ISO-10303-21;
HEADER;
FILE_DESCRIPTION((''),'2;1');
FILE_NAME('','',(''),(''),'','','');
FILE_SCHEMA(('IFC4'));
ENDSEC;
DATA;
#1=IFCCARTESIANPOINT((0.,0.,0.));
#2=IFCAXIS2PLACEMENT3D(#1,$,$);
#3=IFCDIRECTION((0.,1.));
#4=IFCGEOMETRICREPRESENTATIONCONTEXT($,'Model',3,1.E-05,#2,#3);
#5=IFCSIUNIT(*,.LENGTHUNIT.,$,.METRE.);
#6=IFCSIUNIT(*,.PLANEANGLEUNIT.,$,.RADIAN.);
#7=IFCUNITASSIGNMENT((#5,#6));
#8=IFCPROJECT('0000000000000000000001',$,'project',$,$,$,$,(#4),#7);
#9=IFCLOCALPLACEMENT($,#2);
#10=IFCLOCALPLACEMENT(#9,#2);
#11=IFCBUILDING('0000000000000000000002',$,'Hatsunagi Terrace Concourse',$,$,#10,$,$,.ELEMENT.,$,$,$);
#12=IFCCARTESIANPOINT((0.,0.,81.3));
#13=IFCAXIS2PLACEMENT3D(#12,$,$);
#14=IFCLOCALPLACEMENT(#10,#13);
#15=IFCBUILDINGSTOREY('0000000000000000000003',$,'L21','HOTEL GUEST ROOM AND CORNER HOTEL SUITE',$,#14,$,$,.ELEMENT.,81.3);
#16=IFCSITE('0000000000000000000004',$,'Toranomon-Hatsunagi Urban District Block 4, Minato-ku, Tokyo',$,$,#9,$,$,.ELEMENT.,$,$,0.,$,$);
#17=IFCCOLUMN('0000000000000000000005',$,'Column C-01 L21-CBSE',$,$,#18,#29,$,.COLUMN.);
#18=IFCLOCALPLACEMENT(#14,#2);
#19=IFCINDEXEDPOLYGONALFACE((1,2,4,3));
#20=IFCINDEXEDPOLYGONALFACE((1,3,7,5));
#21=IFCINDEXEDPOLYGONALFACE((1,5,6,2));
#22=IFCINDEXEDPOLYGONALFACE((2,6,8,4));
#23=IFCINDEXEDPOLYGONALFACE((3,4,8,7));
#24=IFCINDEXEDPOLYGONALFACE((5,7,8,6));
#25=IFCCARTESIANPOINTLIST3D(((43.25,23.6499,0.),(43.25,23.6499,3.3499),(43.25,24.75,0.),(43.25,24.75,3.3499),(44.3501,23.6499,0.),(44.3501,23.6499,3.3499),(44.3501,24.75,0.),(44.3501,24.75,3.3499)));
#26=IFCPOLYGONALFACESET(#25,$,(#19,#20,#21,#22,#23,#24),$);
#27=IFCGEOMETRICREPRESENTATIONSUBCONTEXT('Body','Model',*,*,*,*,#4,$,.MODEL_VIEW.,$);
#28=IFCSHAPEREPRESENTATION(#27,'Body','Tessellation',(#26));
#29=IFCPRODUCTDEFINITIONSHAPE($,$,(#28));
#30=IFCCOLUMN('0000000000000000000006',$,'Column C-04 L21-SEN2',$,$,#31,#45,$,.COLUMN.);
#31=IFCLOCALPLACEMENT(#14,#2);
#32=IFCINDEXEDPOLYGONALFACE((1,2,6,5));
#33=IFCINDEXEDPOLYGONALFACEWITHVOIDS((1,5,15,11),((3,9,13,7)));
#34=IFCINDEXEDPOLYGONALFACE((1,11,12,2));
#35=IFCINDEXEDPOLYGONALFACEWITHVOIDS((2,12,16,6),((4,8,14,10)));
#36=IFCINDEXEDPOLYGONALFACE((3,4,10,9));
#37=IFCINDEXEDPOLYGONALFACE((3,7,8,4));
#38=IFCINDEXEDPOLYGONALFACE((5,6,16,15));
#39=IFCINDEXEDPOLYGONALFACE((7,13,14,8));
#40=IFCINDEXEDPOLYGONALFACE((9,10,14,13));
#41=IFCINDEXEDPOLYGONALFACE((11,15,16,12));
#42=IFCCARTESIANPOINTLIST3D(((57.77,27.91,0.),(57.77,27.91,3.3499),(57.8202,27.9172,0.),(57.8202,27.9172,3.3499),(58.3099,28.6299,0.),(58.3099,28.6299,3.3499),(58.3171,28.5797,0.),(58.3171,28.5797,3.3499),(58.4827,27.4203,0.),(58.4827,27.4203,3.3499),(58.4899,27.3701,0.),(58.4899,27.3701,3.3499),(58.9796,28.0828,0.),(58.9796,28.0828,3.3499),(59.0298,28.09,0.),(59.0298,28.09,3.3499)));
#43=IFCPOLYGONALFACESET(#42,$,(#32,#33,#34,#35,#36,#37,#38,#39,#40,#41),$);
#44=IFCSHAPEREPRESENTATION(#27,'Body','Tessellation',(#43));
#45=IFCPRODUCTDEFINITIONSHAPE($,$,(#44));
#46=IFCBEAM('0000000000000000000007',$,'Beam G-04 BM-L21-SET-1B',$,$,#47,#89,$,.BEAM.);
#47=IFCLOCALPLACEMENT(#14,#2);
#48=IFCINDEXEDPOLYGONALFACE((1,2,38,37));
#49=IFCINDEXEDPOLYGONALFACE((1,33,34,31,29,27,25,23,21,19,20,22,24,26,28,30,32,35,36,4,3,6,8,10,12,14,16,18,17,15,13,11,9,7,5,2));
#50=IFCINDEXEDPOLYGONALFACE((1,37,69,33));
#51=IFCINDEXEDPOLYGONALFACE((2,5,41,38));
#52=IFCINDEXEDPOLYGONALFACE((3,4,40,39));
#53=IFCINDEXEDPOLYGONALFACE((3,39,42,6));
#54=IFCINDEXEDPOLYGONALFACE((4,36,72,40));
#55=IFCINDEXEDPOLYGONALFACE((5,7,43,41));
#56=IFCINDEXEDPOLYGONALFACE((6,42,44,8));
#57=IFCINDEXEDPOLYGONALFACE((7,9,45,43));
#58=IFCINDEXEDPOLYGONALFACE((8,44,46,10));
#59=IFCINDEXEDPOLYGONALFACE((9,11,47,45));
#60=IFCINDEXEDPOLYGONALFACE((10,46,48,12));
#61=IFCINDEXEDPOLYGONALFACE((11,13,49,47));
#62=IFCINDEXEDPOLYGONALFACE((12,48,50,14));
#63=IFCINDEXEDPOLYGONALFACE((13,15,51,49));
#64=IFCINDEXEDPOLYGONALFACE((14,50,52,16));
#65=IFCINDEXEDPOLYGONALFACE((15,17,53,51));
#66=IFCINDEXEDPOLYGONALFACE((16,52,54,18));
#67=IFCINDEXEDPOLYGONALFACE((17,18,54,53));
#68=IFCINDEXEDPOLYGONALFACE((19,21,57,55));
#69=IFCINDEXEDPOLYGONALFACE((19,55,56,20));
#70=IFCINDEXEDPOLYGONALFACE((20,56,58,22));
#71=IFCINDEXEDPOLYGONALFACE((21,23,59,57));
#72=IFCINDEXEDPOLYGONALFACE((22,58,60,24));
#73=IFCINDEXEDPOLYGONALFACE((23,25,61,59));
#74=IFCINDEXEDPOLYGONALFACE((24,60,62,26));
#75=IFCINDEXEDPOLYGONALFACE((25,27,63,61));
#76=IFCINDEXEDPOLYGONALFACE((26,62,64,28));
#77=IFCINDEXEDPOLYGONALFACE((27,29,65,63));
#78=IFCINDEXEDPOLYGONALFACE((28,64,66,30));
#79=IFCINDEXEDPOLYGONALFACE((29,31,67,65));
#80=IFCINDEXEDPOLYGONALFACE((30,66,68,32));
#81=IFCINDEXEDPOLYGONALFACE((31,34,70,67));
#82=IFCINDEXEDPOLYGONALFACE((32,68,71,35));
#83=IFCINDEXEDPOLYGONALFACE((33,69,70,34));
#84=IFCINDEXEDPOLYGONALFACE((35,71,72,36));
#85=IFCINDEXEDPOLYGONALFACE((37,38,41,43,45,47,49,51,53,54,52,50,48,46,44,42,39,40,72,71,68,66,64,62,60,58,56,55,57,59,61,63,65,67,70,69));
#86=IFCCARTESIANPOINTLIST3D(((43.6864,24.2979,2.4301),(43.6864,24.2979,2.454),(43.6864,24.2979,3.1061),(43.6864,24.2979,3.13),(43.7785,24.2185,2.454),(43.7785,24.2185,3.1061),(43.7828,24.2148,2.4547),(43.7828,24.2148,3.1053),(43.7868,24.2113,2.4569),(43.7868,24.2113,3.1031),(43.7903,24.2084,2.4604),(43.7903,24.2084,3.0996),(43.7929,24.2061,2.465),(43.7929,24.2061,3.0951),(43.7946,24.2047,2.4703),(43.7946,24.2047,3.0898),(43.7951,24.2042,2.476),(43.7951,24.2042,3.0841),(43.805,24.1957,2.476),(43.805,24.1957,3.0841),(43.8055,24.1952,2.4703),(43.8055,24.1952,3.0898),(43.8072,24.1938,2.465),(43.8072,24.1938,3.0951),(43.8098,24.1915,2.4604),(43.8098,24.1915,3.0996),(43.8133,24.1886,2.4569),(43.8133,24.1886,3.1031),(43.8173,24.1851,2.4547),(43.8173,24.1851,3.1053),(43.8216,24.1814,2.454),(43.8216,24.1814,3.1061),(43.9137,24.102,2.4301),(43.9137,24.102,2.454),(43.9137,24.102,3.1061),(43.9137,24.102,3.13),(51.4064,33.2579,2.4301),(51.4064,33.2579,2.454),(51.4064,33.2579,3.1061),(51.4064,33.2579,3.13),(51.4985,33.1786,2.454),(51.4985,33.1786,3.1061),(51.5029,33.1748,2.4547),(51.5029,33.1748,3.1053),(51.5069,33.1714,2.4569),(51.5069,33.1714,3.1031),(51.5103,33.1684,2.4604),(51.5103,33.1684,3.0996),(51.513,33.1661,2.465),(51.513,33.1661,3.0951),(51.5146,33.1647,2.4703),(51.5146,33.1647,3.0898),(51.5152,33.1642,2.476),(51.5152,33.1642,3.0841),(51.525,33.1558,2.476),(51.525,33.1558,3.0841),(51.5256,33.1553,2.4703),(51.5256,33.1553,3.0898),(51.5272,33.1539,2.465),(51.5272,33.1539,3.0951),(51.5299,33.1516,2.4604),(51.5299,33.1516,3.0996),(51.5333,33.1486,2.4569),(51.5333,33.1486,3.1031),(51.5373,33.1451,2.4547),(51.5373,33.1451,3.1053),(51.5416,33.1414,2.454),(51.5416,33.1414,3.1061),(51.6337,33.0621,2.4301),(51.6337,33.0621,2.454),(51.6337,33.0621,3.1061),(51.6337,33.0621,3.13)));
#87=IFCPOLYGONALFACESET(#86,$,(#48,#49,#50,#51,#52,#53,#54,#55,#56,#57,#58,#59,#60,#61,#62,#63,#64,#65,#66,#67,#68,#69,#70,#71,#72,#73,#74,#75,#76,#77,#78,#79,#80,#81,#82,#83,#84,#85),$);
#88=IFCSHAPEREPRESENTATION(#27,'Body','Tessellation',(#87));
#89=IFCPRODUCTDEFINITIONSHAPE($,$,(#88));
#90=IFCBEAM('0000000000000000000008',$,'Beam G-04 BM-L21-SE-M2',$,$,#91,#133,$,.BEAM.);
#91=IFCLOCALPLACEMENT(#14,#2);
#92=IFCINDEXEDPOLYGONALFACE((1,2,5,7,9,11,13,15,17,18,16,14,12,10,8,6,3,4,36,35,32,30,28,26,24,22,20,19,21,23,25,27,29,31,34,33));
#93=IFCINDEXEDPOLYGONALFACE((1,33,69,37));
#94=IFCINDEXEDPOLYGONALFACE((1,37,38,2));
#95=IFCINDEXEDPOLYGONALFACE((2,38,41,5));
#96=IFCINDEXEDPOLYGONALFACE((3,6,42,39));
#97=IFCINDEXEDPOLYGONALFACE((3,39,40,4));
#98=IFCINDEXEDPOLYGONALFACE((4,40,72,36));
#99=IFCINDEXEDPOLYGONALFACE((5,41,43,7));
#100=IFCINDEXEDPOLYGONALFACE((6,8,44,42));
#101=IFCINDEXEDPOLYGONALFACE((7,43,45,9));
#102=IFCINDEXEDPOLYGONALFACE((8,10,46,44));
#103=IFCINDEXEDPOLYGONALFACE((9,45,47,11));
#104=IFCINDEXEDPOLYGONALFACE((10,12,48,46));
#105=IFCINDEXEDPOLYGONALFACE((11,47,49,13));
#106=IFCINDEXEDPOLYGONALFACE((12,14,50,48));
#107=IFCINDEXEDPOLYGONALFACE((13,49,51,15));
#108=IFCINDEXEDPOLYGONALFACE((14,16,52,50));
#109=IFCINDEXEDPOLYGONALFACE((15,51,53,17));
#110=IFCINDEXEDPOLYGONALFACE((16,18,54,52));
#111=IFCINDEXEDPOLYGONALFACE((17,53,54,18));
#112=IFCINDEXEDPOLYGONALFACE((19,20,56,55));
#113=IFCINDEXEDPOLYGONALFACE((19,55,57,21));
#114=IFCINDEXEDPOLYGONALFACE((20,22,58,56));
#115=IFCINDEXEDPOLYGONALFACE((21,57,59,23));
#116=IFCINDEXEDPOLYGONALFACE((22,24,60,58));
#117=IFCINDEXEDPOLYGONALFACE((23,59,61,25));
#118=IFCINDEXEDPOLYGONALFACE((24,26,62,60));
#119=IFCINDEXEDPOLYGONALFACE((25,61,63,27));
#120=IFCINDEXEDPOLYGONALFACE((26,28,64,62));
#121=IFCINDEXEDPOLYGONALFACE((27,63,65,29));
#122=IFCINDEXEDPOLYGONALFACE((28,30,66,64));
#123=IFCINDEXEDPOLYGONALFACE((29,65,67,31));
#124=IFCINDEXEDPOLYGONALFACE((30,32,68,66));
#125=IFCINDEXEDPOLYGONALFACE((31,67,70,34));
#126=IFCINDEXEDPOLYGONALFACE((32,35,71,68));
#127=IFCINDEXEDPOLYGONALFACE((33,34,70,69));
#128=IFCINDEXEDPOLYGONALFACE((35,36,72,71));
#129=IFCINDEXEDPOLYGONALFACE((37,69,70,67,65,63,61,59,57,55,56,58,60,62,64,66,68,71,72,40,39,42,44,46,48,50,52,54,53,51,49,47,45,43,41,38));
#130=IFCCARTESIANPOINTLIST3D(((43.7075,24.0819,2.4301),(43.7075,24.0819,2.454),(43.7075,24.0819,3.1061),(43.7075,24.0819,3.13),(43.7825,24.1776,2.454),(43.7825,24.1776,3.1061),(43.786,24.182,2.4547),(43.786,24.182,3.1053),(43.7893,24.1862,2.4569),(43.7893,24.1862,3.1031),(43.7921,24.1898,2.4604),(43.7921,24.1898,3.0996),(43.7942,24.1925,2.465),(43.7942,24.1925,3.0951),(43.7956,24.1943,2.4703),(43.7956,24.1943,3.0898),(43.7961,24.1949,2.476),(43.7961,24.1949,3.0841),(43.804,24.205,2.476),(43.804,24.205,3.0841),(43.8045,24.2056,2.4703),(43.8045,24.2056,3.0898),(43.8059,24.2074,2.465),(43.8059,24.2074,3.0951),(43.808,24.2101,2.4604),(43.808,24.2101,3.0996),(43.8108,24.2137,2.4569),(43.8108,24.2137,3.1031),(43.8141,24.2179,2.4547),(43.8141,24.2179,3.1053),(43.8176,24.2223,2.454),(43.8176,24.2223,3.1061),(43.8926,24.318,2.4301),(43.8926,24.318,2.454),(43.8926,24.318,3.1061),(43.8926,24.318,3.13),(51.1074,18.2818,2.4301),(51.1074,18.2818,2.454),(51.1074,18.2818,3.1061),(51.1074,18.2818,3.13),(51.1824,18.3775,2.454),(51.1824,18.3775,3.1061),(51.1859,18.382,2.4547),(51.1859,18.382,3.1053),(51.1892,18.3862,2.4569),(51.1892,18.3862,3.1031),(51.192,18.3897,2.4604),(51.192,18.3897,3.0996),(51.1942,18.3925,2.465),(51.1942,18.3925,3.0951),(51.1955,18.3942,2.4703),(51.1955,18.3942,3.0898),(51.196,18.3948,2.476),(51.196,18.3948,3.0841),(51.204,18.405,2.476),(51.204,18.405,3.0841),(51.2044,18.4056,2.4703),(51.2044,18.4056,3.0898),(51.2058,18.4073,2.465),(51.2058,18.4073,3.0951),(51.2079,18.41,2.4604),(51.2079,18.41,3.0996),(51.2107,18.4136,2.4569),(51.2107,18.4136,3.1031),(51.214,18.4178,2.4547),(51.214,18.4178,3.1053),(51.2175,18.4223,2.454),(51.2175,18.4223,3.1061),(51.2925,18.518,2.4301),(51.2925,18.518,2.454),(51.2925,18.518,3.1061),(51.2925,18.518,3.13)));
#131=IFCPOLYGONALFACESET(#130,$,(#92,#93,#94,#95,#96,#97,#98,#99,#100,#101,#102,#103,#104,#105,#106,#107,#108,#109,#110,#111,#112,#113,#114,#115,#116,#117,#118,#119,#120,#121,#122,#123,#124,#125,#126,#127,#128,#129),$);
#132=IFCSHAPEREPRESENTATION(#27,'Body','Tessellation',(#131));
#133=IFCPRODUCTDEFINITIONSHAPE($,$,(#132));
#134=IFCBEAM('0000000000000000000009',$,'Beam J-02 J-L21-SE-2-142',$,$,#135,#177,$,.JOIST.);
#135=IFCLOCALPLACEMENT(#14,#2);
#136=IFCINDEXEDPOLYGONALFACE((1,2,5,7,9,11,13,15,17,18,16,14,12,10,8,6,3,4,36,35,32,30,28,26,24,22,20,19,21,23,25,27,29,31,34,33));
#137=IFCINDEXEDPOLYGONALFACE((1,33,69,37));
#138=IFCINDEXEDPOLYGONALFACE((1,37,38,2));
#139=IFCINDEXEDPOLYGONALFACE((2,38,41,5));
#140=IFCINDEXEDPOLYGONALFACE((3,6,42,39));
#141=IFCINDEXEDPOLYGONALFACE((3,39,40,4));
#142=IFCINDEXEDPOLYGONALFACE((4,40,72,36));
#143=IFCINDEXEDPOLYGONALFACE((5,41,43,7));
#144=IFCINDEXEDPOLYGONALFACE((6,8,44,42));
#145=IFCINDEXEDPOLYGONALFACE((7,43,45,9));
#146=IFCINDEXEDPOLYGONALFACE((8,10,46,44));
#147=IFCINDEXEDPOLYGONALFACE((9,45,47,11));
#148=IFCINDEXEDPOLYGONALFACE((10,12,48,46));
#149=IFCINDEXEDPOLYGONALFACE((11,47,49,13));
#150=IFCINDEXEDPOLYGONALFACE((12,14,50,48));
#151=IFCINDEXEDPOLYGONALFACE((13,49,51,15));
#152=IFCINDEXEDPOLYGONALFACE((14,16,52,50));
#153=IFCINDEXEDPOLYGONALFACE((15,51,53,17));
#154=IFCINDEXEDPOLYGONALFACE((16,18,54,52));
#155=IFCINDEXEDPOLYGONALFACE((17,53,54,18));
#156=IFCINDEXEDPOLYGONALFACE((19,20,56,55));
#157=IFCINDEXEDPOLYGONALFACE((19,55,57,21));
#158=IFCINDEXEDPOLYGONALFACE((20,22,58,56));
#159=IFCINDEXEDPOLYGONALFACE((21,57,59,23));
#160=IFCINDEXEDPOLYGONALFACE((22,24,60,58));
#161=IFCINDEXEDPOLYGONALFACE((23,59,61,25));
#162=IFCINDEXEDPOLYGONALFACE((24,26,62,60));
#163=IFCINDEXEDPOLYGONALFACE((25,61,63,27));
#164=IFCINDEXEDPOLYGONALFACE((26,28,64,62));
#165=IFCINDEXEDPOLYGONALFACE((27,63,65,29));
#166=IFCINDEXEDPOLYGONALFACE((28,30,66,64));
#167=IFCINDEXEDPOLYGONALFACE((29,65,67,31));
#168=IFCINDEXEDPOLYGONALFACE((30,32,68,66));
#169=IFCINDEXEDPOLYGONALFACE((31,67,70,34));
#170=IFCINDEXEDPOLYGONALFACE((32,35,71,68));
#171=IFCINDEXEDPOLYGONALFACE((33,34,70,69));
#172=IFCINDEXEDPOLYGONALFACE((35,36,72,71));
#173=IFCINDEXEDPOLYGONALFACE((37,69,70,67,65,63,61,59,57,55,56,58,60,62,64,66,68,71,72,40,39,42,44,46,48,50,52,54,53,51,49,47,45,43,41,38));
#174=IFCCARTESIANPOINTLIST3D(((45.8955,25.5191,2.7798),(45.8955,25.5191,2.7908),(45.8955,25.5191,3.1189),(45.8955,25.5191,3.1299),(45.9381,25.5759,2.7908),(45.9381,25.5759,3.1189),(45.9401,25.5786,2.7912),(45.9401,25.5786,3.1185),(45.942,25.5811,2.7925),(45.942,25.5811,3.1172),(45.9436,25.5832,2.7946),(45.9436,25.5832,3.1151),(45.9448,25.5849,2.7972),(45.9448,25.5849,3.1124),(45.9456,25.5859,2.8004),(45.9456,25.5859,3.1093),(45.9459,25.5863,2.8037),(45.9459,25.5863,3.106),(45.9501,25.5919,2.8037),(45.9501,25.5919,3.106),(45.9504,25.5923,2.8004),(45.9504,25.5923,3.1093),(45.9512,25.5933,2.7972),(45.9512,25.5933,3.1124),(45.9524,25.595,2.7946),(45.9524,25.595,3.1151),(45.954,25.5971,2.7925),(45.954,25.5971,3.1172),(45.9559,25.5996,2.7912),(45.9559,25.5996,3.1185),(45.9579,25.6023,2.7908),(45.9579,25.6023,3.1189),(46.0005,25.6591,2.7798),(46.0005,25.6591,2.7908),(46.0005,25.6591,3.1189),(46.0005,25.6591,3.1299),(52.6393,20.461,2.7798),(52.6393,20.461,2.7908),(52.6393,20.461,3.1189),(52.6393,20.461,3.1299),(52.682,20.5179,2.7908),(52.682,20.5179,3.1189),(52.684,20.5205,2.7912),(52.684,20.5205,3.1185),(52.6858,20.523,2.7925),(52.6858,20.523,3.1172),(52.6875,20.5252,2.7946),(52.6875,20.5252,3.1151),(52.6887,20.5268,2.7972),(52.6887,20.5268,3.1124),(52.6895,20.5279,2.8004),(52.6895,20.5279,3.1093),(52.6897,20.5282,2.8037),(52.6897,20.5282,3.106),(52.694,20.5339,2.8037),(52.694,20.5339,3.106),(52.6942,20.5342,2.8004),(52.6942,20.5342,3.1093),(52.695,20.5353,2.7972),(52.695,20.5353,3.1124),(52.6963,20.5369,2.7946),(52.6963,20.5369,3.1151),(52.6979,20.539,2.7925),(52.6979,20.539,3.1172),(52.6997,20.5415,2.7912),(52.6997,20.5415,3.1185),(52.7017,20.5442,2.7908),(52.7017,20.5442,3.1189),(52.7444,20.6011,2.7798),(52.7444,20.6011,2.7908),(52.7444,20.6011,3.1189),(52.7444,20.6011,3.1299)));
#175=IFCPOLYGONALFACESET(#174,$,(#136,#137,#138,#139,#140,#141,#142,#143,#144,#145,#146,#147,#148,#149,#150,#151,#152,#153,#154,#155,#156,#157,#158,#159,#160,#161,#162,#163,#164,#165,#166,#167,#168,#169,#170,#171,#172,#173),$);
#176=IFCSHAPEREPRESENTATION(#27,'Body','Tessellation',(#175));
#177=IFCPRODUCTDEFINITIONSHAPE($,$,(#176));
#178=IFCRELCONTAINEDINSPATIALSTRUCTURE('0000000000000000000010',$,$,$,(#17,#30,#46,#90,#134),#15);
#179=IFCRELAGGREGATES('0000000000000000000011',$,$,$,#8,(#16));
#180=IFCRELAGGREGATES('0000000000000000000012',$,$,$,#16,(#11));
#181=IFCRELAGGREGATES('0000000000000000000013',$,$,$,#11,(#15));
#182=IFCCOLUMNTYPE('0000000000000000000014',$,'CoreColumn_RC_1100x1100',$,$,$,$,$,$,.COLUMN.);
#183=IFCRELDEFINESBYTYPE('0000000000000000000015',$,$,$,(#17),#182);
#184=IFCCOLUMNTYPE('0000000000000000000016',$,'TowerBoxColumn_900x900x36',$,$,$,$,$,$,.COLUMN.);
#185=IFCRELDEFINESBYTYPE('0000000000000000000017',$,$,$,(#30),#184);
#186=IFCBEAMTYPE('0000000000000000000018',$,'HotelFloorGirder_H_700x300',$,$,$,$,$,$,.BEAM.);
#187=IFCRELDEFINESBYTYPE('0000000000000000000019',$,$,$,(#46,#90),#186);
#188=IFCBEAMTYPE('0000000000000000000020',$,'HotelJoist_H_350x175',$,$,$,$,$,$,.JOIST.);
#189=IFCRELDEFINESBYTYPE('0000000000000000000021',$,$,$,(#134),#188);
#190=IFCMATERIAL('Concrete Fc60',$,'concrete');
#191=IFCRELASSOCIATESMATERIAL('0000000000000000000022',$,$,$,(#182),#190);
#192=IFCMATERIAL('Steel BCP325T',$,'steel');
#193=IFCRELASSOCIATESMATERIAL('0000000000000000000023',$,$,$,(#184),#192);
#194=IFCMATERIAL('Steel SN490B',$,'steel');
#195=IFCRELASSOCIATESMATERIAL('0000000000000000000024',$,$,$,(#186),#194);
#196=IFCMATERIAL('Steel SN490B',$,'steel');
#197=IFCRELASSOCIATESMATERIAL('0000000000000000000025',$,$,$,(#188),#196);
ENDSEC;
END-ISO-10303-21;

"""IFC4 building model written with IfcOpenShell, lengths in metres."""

from ifc_helpers import new_model, si_unit, direction, frame, origin, origin_2d, place, context, subcontext, project, spatial, rectangle, hollow_rectangle, i_section, extrude, material, material_profile, profile_set, type_object, element, save


model = new_model("IFC4")

# Units and contexts
model_context = context("Model", 3, precision=1e-05, world=origin(), true_north=direction((0.0, 1.0)))
body_context = subcontext(model_context, "Body", "Model", "MODEL_VIEW")
ifc_project = project(units=[si_unit("LENGTHUNIT", "METRE"), si_unit("PLANEANGLEUNIT", "RADIAN")], contexts=[model_context])

# Site, building, storey
site_placement = place(None, origin())
site = spatial("IfcSite", under=ifc_project, at=site_placement, Name="Toranomon-Hatsunagi Urban District Block 4, Minato-ku, Tokyo", CompositionType="ELEMENT", RefElevation=0.0)
building_placement = place(site_placement, origin())
building = spatial("IfcBuilding", under=site, at=building_placement, Name="Hatsunagi Terrace Concourse", CompositionType="ELEMENT")
storey_placement = place(building_placement, frame((0.0, 0.0, 81.3)))
storey = spatial("IfcBuildingStorey", under=building, at=storey_placement, Name="L21", Description="HOTEL GUEST ROOM AND CORNER HOTEL SUITE", CompositionType="ELEMENT", Elevation=81.3)

# Columns
ifc_material_1 = material(Name="Concrete Fc60", Category="concrete")
ifc_material_profile_1 = material_profile(ifc_material_1, rectangle(XDim=1.1001, YDim=1.1001, at=origin_2d()), Name="RC-1100x1100")
ifc_profile_set_1 = profile_set([ifc_material_profile_1], Name="Concrete Fc60")
column_type_1 = type_object("IfcColumnType", Name="CoreColumn_RC_1100x1100", PredefinedType="COLUMN", material=ifc_profile_set_1)
column_1_placement = place(storey_placement, frame((43.8, 24.2, 0.0), z_axis=(0.0, 0.0, 1.0), x_axis=(1.0, 0.0, 0.0)))
element("IfcColumn", 1, at=column_1_placement, inside=storey, type_object=column_type_1, Name="Column C-01 L21-CBSE", PredefinedType="COLUMN", context=body_context, shape_type="SweptSolid", body=[
    extrude(rectangle(XDim=1.1001, YDim=1.1001, at=origin_2d()), origin(), (0.0, 0.0, 1.0), 3.3499),
])
ifc_material_2 = material(Name="Steel BCP325T", Category="steel")
ifc_material_profile_2 = material_profile(ifc_material_2, hollow_rectangle(XDim=0.8999, YDim=0.8999, WallThickness=0.0359, at=origin_2d()), Name="BCP-900x900x36")
ifc_profile_set_2 = profile_set([ifc_material_profile_2], Name="Steel BCP325T")
column_type_2 = type_object("IfcColumnType", Name="TowerBoxColumn_900x900x36", PredefinedType="COLUMN", material=ifc_profile_set_2)
column_2_placement = place(storey_placement, frame((58.3999, 28.0, 0.0), z_axis=(0.0, 0.0, 1.0), x_axis=(0.8, -0.6, 0.0)))
element("IfcColumn", 2, at=column_2_placement, inside=storey, type_object=column_type_2, Name="Column C-04 L21-SEN2", PredefinedType="COLUMN", context=body_context, shape_type="SweptSolid", body=[
    extrude(hollow_rectangle(XDim=0.8999, YDim=0.8999, WallThickness=0.0359, at=origin_2d()), origin(), (0.0, 0.0, 1.0), 3.3499),
])

# Beams
ifc_material_3 = material(Name="Steel SN490B", Category="steel")
ifc_material_profile_3 = material_profile(ifc_material_3, i_section(OverallWidth=0.3, OverallDepth=0.7, WebThickness=0.0129, FlangeThickness=0.0239, FilletRadius=0.022, at=origin_2d()), Name="H-700x300x13x24")
ifc_profile_set_3 = profile_set([ifc_material_profile_3], Name="Steel SN490B")
beam_type_1 = type_object("IfcBeamType", Name="HotelFloorGirder_H_700x300", PredefinedType="BEAM", material=ifc_profile_set_3)
beam_1_placement = place(storey_placement, frame((43.8, 24.2, 2.78), z_axis=(0.652739, 0.757583, 0.0), x_axis=(-0.757583, 0.652739, 0.0)))
element("IfcBeam", 3, at=beam_1_placement, inside=storey, type_object=beam_type_1, Name="Beam G-04 BM-L21-SET-1B", PredefinedType="BEAM", context=body_context, shape_type="SweptSolid", body=[
    extrude(i_section(OverallWidth=0.3, OverallDepth=0.7, WebThickness=0.0129, FlangeThickness=0.0239, FilletRadius=0.022, at=origin_2d()), origin(), (0.0, 0.0, 1.0), 11.8271),
])
beam_2_placement = place(storey_placement, frame((43.8, 24.2, 2.78), z_axis=(0.787049, -0.61689, 0.0), x_axis=(0.61689, 0.787049, 0.0)))
element("IfcBeam", 4, at=beam_2_placement, inside=storey, type_object=beam_type_1, Name="Beam G-04 BM-L21-SE-M2", PredefinedType="BEAM", context=body_context, shape_type="SweptSolid", body=[
    extrude(i_section(OverallWidth=0.3, OverallDepth=0.7, WebThickness=0.0129, FlangeThickness=0.0239, FilletRadius=0.022, at=origin_2d()), origin(), (0.0, 0.0, 1.0), 9.4021),
])
ifc_material_4 = material(Name="Steel SN490B", Category="steel")
ifc_material_profile_4 = material_profile(ifc_material_4, i_section(OverallWidth=0.175, OverallDepth=0.3501, WebThickness=0.0071, FlangeThickness=0.011, FilletRadius=0.0129, at=origin_2d()), Name="H-350x175x7x11")
ifc_profile_set_4 = profile_set([ifc_material_profile_4], Name="Steel SN490B")
beam_type_2 = type_object("IfcBeamType", Name="HotelJoist_H_350x175", PredefinedType="JOIST", material=ifc_profile_set_4)
for number, where, z_axis, x_axis, name in (
    (5, (45.948, 25.5891, 2.9548), (0.79999, -0.600014, 0.0), (0.600014, 0.79999, 0.0), "Beam J-02 J-L21-SE-2-142"),
):
    element("IfcBeam", number, at=place(storey_placement, frame(where, z_axis=z_axis, x_axis=x_axis)), inside=storey, type_object=beam_type_2, Name=name, PredefinedType="JOIST", context=body_context, shape_type="SweptSolid", body=[
        extrude(i_section(OverallWidth=0.175, OverallDepth=0.3501, WebThickness=0.0071, FlangeThickness=0.011, FilletRadius=0.0129, at=origin_2d()), origin(), (0.0, 0.0, 1.0), 8.4299),
    ])

save(model, "model.ifc")
